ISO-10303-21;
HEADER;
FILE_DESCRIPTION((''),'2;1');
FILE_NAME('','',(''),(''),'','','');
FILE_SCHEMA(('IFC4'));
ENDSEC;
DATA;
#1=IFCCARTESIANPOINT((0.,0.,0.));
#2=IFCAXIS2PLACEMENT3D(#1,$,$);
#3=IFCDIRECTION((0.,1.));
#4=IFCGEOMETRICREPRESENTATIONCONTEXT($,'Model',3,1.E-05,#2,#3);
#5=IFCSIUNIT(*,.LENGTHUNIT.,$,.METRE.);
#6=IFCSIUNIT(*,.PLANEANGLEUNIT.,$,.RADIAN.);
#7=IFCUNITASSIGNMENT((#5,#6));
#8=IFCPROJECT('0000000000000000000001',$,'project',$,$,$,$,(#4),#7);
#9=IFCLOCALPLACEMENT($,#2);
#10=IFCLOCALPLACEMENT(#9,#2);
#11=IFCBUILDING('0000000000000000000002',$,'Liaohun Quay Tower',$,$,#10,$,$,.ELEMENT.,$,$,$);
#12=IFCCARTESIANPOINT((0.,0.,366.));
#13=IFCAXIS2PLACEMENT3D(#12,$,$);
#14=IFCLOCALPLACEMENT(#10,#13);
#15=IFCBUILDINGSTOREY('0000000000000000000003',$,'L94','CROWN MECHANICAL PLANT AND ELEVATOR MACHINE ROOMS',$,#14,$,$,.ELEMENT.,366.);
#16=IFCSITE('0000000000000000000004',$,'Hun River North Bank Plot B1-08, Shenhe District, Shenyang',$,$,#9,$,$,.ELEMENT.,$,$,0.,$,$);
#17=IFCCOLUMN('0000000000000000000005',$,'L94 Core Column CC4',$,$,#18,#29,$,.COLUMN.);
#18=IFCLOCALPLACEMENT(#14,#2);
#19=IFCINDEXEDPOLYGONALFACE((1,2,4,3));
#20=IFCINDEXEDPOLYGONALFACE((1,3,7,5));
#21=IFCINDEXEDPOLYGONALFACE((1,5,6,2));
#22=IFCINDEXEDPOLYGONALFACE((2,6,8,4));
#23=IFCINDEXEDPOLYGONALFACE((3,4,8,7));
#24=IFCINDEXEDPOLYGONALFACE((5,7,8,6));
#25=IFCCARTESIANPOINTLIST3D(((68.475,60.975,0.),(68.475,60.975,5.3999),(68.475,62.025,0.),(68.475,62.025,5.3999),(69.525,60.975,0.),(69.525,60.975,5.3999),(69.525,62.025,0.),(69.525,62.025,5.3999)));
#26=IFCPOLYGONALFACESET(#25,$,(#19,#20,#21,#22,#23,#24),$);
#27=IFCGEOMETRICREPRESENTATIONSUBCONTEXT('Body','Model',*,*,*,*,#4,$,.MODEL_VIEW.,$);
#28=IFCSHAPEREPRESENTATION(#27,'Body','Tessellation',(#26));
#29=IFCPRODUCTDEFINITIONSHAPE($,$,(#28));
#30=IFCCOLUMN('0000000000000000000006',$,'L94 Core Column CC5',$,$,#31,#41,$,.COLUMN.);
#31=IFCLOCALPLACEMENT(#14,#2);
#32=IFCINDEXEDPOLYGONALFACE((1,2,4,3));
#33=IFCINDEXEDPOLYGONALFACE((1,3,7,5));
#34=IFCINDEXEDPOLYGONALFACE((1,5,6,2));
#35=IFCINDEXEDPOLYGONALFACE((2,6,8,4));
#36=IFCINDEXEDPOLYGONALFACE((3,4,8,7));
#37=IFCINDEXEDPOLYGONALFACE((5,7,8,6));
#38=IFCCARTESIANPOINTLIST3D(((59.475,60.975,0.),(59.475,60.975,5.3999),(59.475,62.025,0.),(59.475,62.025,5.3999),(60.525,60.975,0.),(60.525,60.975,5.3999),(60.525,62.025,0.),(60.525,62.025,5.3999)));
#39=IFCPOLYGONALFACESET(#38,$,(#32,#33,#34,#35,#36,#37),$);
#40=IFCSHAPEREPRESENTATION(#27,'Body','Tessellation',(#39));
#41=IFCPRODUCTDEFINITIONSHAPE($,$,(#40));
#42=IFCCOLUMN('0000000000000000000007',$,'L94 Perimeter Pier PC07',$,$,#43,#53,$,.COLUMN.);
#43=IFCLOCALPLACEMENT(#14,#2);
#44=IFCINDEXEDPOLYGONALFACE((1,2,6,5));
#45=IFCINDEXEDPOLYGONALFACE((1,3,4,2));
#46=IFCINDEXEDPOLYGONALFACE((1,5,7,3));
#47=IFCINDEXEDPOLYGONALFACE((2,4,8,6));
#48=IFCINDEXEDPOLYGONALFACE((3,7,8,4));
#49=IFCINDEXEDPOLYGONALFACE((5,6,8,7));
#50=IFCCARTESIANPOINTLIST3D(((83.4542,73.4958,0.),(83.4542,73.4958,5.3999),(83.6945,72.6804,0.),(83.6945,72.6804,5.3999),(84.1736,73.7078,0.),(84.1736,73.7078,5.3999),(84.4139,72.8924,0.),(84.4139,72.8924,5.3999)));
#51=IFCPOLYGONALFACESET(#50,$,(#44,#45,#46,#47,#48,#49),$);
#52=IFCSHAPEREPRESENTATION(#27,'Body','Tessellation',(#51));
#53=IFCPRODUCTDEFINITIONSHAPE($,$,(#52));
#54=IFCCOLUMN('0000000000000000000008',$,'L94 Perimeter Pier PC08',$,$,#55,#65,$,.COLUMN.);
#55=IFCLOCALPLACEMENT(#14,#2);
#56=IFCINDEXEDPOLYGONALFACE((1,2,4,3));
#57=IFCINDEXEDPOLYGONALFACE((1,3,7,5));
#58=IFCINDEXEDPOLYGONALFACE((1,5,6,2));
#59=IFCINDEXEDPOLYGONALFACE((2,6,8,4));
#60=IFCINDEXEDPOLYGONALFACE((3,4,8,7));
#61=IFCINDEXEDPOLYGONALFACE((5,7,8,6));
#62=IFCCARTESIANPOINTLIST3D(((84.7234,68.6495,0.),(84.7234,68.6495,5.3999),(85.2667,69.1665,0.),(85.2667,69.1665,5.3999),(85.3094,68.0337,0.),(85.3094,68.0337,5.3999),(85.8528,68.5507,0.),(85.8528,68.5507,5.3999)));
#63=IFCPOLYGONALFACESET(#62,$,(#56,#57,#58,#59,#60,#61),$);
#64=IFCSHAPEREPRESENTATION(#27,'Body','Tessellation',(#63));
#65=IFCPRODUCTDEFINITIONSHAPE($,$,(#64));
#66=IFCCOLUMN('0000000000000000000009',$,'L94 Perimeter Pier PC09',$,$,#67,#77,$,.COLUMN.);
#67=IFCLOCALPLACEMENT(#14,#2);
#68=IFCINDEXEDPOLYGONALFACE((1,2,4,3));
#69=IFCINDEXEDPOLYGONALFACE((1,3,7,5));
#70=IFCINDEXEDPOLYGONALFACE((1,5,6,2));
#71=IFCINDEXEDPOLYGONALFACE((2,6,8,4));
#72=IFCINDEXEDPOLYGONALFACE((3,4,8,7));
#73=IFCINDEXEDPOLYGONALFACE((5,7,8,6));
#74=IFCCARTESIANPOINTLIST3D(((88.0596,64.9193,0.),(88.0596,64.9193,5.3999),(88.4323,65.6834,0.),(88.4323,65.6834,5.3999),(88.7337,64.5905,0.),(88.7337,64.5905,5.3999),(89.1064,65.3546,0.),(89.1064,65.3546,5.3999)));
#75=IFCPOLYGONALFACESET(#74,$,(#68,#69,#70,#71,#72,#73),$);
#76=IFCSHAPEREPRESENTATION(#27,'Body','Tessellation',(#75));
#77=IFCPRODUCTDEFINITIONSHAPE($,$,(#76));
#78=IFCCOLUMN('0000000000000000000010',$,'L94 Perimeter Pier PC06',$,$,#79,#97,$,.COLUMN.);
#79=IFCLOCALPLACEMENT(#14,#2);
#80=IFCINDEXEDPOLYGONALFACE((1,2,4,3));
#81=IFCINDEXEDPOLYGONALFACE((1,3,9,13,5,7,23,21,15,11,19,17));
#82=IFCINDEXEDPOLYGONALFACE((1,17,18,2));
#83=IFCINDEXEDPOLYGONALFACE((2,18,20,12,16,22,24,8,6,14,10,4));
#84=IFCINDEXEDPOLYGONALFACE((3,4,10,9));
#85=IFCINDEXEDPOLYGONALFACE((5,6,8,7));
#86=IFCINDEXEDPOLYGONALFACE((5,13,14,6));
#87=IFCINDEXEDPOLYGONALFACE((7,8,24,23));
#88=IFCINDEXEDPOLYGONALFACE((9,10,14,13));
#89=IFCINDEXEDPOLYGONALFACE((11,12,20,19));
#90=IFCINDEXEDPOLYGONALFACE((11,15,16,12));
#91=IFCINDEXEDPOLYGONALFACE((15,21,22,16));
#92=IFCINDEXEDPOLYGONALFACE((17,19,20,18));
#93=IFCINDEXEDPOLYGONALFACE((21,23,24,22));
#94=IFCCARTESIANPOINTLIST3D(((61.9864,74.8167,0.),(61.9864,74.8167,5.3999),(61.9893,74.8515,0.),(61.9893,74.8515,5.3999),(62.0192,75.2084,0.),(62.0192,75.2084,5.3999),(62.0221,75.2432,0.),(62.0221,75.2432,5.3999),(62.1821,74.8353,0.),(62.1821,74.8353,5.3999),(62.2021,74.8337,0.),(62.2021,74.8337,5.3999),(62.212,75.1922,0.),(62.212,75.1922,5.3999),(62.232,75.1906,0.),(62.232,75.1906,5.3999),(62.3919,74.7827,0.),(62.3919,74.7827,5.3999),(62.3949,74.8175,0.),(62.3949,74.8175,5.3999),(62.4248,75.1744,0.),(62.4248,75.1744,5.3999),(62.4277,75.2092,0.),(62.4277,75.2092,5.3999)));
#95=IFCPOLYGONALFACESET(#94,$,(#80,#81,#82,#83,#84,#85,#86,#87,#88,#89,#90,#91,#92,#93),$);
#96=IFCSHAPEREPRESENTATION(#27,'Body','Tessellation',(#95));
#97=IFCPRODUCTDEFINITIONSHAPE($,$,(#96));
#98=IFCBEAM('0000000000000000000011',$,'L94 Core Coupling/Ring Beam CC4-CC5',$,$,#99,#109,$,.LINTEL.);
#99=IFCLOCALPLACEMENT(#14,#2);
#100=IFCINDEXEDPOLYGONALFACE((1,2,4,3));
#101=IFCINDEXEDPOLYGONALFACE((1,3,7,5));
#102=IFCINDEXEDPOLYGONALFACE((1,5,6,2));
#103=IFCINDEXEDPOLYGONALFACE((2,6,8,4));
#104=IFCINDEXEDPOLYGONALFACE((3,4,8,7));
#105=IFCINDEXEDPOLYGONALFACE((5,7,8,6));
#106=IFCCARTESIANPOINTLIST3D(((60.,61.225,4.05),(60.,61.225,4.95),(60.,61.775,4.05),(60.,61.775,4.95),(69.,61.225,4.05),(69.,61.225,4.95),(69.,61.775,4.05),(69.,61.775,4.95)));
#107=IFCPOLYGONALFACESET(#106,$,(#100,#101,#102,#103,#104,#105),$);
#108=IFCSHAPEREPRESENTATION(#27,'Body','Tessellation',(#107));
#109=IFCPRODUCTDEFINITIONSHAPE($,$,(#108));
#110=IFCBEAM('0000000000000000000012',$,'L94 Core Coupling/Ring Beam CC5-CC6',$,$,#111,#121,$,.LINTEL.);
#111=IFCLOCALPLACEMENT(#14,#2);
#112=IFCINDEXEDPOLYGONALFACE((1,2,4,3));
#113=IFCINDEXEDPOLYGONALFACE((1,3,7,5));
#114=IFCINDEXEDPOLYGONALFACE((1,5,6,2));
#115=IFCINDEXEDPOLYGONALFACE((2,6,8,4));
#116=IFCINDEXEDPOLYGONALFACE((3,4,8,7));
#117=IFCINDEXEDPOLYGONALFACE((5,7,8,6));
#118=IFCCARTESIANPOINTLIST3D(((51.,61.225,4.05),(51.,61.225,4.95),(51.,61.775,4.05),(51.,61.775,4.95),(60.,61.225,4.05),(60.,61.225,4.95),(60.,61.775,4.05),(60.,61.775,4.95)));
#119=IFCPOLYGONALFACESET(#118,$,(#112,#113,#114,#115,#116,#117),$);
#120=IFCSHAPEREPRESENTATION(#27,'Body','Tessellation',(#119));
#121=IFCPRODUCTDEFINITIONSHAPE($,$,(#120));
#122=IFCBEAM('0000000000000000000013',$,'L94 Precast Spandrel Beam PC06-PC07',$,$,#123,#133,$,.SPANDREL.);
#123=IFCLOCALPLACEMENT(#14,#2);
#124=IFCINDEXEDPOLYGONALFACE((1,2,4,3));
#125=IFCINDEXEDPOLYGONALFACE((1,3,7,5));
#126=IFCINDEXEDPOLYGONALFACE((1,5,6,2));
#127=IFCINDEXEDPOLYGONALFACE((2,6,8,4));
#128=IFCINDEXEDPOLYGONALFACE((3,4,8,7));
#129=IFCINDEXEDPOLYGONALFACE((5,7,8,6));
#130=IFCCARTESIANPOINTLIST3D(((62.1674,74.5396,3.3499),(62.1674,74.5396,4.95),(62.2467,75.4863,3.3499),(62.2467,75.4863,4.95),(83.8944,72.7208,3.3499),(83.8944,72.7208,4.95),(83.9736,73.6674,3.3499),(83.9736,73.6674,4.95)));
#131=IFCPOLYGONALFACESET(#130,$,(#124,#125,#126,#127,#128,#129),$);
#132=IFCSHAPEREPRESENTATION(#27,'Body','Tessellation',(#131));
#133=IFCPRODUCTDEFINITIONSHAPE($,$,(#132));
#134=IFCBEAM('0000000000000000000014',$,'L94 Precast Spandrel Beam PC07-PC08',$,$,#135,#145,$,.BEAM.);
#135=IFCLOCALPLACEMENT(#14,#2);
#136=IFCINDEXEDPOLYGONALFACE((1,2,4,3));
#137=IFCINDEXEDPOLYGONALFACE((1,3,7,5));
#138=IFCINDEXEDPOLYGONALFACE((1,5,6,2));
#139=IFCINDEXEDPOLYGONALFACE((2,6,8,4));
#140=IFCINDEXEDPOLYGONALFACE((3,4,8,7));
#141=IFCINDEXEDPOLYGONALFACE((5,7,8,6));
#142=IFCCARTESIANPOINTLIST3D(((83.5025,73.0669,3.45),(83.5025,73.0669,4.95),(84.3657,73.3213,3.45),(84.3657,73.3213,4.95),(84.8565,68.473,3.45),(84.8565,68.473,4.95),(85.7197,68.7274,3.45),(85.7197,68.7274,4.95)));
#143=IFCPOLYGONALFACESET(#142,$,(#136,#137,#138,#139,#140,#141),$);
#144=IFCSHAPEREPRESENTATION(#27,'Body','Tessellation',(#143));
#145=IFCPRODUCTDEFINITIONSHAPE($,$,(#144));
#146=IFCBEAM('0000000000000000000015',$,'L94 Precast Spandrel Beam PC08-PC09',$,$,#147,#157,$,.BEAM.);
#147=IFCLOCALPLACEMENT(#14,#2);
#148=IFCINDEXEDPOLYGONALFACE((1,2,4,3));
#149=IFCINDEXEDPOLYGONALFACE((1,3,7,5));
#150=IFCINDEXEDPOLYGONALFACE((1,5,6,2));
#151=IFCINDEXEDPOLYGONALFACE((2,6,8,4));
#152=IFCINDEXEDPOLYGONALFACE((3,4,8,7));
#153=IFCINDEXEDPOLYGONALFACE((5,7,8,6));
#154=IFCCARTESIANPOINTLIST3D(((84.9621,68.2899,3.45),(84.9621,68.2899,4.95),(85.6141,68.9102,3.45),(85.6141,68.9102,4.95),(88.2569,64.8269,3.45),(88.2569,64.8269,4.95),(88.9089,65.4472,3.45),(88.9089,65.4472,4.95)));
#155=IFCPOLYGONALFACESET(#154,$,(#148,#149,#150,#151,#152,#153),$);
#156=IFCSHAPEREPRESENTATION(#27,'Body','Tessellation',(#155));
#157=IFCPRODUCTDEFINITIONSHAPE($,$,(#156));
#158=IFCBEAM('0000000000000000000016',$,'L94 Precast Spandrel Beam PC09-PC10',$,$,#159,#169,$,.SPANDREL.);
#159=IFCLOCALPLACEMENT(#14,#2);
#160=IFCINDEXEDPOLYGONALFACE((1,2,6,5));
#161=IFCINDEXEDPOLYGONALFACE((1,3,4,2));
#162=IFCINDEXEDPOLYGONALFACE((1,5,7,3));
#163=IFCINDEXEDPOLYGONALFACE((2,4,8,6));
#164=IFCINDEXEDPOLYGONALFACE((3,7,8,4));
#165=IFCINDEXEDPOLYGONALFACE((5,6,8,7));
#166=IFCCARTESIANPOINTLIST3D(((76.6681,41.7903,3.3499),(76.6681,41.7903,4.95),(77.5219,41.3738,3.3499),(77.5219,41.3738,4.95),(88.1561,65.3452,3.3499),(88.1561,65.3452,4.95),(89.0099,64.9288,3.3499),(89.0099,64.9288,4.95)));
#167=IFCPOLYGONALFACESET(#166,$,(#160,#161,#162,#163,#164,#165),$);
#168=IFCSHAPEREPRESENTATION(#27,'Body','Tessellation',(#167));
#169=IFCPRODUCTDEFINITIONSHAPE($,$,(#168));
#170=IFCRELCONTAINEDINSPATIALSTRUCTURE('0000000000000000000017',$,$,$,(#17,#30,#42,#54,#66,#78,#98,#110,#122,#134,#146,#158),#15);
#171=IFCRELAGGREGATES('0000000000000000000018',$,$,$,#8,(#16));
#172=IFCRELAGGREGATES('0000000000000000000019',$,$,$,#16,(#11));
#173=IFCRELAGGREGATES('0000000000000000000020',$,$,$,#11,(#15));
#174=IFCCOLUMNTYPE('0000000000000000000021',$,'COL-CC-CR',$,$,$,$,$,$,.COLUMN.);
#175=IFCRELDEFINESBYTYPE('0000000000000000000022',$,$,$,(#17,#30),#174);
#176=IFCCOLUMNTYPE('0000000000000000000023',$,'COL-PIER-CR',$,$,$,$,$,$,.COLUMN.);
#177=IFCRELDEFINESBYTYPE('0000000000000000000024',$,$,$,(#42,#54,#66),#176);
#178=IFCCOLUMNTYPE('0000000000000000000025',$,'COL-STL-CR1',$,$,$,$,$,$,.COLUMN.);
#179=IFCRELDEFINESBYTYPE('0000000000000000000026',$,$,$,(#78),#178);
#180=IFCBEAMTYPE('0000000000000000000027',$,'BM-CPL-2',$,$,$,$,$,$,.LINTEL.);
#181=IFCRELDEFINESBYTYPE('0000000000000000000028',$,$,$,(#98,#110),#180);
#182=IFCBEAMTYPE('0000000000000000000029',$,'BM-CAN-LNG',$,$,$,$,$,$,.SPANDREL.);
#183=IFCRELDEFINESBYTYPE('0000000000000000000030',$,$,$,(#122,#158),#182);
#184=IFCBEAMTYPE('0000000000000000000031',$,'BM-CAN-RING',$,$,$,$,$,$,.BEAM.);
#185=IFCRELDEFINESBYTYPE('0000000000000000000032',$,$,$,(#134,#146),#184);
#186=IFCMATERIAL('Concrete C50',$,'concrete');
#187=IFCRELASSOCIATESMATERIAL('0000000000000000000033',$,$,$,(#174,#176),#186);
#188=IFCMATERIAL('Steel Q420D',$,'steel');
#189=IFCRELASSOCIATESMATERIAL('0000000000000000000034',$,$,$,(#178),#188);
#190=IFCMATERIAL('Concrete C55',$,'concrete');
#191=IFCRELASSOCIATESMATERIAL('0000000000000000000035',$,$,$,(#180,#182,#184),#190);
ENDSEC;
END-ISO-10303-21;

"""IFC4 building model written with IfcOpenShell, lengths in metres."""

from ifc_helpers import new_model, si_unit, direction, frame, origin, origin_2d, place, context, subcontext, project, spatial, rectangle, i_section, extrude, source, transform, mapped, material, material_profile, profile_set, type_object, element, save


model = new_model("IFC4")

# Units and contexts
model_context = context("Model", 3, precision=1e-05, world=origin(), true_north=direction((0.0, 1.0)))
body_context = subcontext(model_context, "Body", "Model", "MODEL_VIEW")
ifc_project = project(units=[si_unit("LENGTHUNIT", "METRE"), si_unit("PLANEANGLEUNIT", "RADIAN")], contexts=[model_context])

# Site, building, storey
site_placement = place(None, origin())
site = spatial("IfcSite", under=ifc_project, at=site_placement, Name="Hun River North Bank Plot B1-08, Shenhe District, Shenyang", CompositionType="ELEMENT", RefElevation=0.0)
building_placement = place(site_placement, origin())
building = spatial("IfcBuilding", under=site, at=building_placement, Name="Liaohun Quay Tower", CompositionType="ELEMENT")
storey_placement = place(building_placement, frame((0.0, 0.0, 366.0)))
storey = spatial("IfcBuildingStorey", under=building, at=storey_placement, Name="L94", Description="CROWN MECHANICAL PLANT AND ELEVATOR MACHINE ROOMS", CompositionType="ELEMENT", Elevation=366.0)

# Columns
ifc_material_1 = material(Name="Concrete C50", Category="concrete")
ifc_material_profile_1 = material_profile(ifc_material_1, rectangle(XDim=1.05, YDim=1.05, at=origin_2d()), Name="RC1050x1050")
ifc_profile_set_1 = profile_set([ifc_material_profile_1], Name="Concrete C50")
column_type_1 = type_object("IfcColumnType", Name="COL-CC-CR", PredefinedType="COLUMN", material=ifc_profile_set_1)
shared_shape_1 = source(origin(), body_context, "Body", "SweptSolid", [
    extrude(rectangle(XDim=1.05, YDim=1.05, at=origin_2d()), origin(), (0.0, 0.0, 1.0), 5.3999),
])
for number, where, z_axis, x_axis, name in (
    (1, (69.0, 61.5, 0.0), (0.0, 0.0, 1.0), (1.0, 0.0, 0.0), "L94 Core Column CC4"),
    (2, (60.0, 61.5, 0.0), (0.0, 0.0, 1.0), (1.0, 0.0, 0.0), "L94 Core Column CC5"),
):
    element("IfcColumn", number, at=place(storey_placement, frame(where, z_axis=z_axis, x_axis=x_axis)), inside=storey, type_object=column_type_1, Name=name, PredefinedType="COLUMN", context=body_context, shape_type="MappedRepresentation", body=[
        mapped(shared_shape_1, transform((0.0, 0.0, 0.0), x_axis=(1.0, 0.0, 0.0), y_axis=(0.0, 1.0, 0.0), z_axis=(0.0, 0.0, 1.0), scale=1.0)),
    ])
ifc_material_profile_2 = material_profile(ifc_material_1, rectangle(XDim=0.8501, YDim=0.75, at=origin_2d()), Name="RC850x750")
ifc_profile_set_2 = profile_set([ifc_material_profile_2], Name="Concrete C50")
column_type_2 = type_object("IfcColumnType", Name="COL-PIER-CR", PredefinedType="COLUMN", material=ifc_profile_set_2)
shared_shape_2 = source(origin(), body_context, "Body", "SweptSolid", [
    extrude(rectangle(XDim=0.8501, YDim=0.75, at=origin_2d()), origin(), (0.0, 0.0, 1.0), 5.3999),
])
for number, where, z_axis, x_axis, name in (
    (3, (83.9341, 73.1941, 0.0), (0.0, 0.0, 1.0), (-0.282676, 0.959215, 0.0), "L94 Perimeter Pier PC07"),
    (4, (85.2881, 68.6001, 0.0), (0.0, 0.0, 1.0), (-0.689367, 0.724413, 0.0), "L94 Perimeter Pier PC08"),
    (5, (88.583, 65.137, 0.0), (0.0, 0.0, 1.0), (0.438371, 0.898794, 0.0), "L94 Perimeter Pier PC09"),
):
    element("IfcColumn", number, at=place(storey_placement, frame(where, z_axis=z_axis, x_axis=x_axis)), inside=storey, type_object=column_type_2, Name=name, PredefinedType="COLUMN", context=body_context, shape_type="MappedRepresentation", body=[
        mapped(shared_shape_2, transform((0.0, 0.0, 0.0), x_axis=(1.0, 0.0, 0.0), y_axis=(0.0, 1.0, 0.0), z_axis=(0.0, 0.0, 1.0), scale=1.0)),
    ])
ifc_material_2 = material(Name="Steel Q420D", Category="steel")
ifc_material_profile_3 = material_profile(ifc_material_2, i_section(OverallWidth=0.407, OverallDepth=0.428, WebThickness=0.02, FlangeThickness=0.0349, at=origin_2d()), Name="HW428x407x20x35")
ifc_profile_set_3 = profile_set([ifc_material_profile_3], Name="Steel Q420D")
column_type_3 = type_object("IfcColumnType", Name="COL-STL-CR1", PredefinedType="COLUMN", material=ifc_profile_set_3)
shared_shape_3 = source(origin(), body_context, "Body", "SweptSolid", [
    extrude(i_section(OverallWidth=0.407, OverallDepth=0.428, WebThickness=0.02, FlangeThickness=0.0349, at=origin_2d()), origin(), (0.0, 0.0, 1.0), 5.3999),
])
column_placement = place(storey_placement, frame((62.207, 75.0129, 0.0), z_axis=(0.0, 0.0, 1.0), x_axis=(-0.996507, 0.083504, 0.0)))
element("IfcColumn", 6, at=column_placement, inside=storey, type_object=column_type_3, Name="L94 Perimeter Pier PC06", PredefinedType="COLUMN", context=body_context, shape_type="MappedRepresentation", body=[
    mapped(shared_shape_3, transform((0.0, 0.0, 0.0), x_axis=(1.0, 0.0, 0.0), y_axis=(0.0, 1.0, 0.0), z_axis=(0.0, 0.0, 1.0), scale=1.0)),
])

# Beams
ifc_material_3 = material(Name="Concrete C55", Category="concrete")
ifc_material_profile_4 = material_profile(ifc_material_3, rectangle(XDim=0.55, YDim=0.8999, at=origin_2d()), Name="RC550x900")
ifc_profile_set_4 = profile_set([ifc_material_profile_4], Name="Concrete C55")
beam_type_1 = type_object("IfcBeamType", Name="BM-CPL-2", PredefinedType="LINTEL", material=ifc_profile_set_4)
shared_shape_4 = source(origin(), body_context, "Body", "SweptSolid", [
    extrude(rectangle(XDim=0.55, YDim=0.8999, at=origin_2d()), origin(), (0.0, 0.0, 1.0), 9.0),
])
for number, where, z_axis, x_axis, name in (
    (7, (69.0, 61.5, 4.5), (-1.0, 0.0, 0.0), (0.0, -1.0, 0.0), "L94 Core Coupling/Ring Beam CC4-CC5"),
    (8, (60.0, 61.5, 4.5), (-1.0, 0.0, 0.0), (0.0, -1.0, 0.0), "L94 Core Coupling/Ring Beam CC5-CC6"),
):
    element("IfcBeam", number, at=place(storey_placement, frame(where, z_axis=z_axis, x_axis=x_axis)), inside=storey, type_object=beam_type_1, Name=name, PredefinedType="LINTEL", context=body_context, shape_type="MappedRepresentation", body=[
        mapped(shared_shape_4, transform((0.0, 0.0, 0.0), x_axis=(1.0, 0.0, 0.0), y_axis=(0.0, 1.0, 0.0), z_axis=(0.0, 0.0, 1.0), scale=1.0)),
    ])
ifc_material_profile_5 = material_profile(ifc_material_3, rectangle(XDim=0.95, YDim=1.6001, at=origin_2d()), Name="RC950x1600")
ifc_profile_set_5 = profile_set([ifc_material_profile_5], Name="Concrete C55")
beam_type_2 = type_object("IfcBeamType", Name="BM-CAN-LNG", PredefinedType="SPANDREL", material=ifc_profile_set_5)
shared_shape_5 = source(origin(), body_context, "Body", "SweptSolid", [
    extrude(rectangle(XDim=0.95, YDim=1.6001, at=origin_2d()), origin(), (0.0, 0.0, 1.0), 21.803),
])
beam_1_placement = place(storey_placement, frame((62.207, 75.0129, 4.1499), z_axis=(0.996514, -0.083422, 0.0), x_axis=(0.083422, 0.996514, 0.0)))
element("IfcBeam", 9, at=beam_1_placement, inside=storey, type_object=beam_type_2, Name="L94 Precast Spandrel Beam PC06-PC07", PredefinedType="SPANDREL", context=body_context, shape_type="MappedRepresentation", body=[
    mapped(shared_shape_5, transform((0.0, 0.0, 0.0), x_axis=(1.0, 0.0, 0.0), y_axis=(0.0, 1.0, 0.0), z_axis=(0.0, 0.0, 1.0), scale=1.0)),
])
ifc_material_profile_6 = material_profile(ifc_material_3, rectangle(XDim=0.8999, YDim=1.5, at=origin_2d()), Name="RC900x1500")
ifc_profile_set_6 = profile_set([ifc_material_profile_6], Name="Concrete C55")
beam_type_3 = type_object("IfcBeamType", Name="BM-CAN-RING", PredefinedType="BEAM", material=ifc_profile_set_6)
shared_shape_6 = source(origin(), body_context, "Body", "SweptSolid", [
    extrude(rectangle(XDim=0.8999, YDim=1.5, at=origin_2d()), origin(), (0.0, 0.0, 1.0), 4.7893),
])
beam_2_placement = place(storey_placement, frame((83.9341, 73.1941, 4.2), z_axis=(0.28271, -0.959205, 0.0), x_axis=(0.959205, 0.28271, 0.0)))
element("IfcBeam", 10, at=beam_2_placement, inside=storey, type_object=beam_type_3, Name="L94 Precast Spandrel Beam PC07-PC08", PredefinedType="BEAM", context=body_context, shape_type="MappedRepresentation", body=[
    mapped(shared_shape_6, transform((0.0, 0.0, 0.0), x_axis=(1.0, 0.0, 0.0), y_axis=(0.0, 1.0, 0.0), z_axis=(0.0, 0.0, 1.0), scale=1.0)),
])
shared_shape_7 = source(origin(), body_context, "Body", "SweptSolid", [
    extrude(rectangle(XDim=0.8999, YDim=1.5, at=origin_2d()), origin(), (0.0, 0.0, 1.0), 4.78),
])
beam_3_placement = place(storey_placement, frame((85.2881, 68.6001, 4.2), z_axis=(0.689293, -0.724483, 0.0), x_axis=(0.724483, 0.689293, 0.0)))
element("IfcBeam", 11, at=beam_3_placement, inside=storey, type_object=beam_type_3, Name="L94 Precast Spandrel Beam PC08-PC09", PredefinedType="BEAM", context=body_context, shape_type="MappedRepresentation", body=[
    mapped(shared_shape_7, transform((0.0, 0.0, 0.0), x_axis=(1.0, 0.0, 0.0), y_axis=(0.0, 1.0, 0.0), z_axis=(0.0, 0.0, 1.0), scale=1.0)),
])
shared_shape_8 = source(origin(), body_context, "Body", "SweptSolid", [
    extrude(rectangle(XDim=0.95, YDim=1.6001, at=origin_2d()), origin(), (0.0, 0.0, 1.0), 26.207),
])
beam_4_placement = place(storey_placement, frame((88.583, 65.137, 4.1499), z_axis=(-0.438357, -0.898801, 0.0), x_axis=(0.898801, -0.438357, 0.0)))
element("IfcBeam", 12, at=beam_4_placement, inside=storey, type_object=beam_type_2, Name="L94 Precast Spandrel Beam PC09-PC10", PredefinedType="SPANDREL", context=body_context, shape_type="MappedRepresentation", body=[
    mapped(shared_shape_8, transform((0.0, 0.0, 0.0), x_axis=(1.0, 0.0, 0.0), y_axis=(0.0, 1.0, 0.0), z_axis=(0.0, 0.0, 1.0), scale=1.0)),
])

save(model, "model.ifc")
